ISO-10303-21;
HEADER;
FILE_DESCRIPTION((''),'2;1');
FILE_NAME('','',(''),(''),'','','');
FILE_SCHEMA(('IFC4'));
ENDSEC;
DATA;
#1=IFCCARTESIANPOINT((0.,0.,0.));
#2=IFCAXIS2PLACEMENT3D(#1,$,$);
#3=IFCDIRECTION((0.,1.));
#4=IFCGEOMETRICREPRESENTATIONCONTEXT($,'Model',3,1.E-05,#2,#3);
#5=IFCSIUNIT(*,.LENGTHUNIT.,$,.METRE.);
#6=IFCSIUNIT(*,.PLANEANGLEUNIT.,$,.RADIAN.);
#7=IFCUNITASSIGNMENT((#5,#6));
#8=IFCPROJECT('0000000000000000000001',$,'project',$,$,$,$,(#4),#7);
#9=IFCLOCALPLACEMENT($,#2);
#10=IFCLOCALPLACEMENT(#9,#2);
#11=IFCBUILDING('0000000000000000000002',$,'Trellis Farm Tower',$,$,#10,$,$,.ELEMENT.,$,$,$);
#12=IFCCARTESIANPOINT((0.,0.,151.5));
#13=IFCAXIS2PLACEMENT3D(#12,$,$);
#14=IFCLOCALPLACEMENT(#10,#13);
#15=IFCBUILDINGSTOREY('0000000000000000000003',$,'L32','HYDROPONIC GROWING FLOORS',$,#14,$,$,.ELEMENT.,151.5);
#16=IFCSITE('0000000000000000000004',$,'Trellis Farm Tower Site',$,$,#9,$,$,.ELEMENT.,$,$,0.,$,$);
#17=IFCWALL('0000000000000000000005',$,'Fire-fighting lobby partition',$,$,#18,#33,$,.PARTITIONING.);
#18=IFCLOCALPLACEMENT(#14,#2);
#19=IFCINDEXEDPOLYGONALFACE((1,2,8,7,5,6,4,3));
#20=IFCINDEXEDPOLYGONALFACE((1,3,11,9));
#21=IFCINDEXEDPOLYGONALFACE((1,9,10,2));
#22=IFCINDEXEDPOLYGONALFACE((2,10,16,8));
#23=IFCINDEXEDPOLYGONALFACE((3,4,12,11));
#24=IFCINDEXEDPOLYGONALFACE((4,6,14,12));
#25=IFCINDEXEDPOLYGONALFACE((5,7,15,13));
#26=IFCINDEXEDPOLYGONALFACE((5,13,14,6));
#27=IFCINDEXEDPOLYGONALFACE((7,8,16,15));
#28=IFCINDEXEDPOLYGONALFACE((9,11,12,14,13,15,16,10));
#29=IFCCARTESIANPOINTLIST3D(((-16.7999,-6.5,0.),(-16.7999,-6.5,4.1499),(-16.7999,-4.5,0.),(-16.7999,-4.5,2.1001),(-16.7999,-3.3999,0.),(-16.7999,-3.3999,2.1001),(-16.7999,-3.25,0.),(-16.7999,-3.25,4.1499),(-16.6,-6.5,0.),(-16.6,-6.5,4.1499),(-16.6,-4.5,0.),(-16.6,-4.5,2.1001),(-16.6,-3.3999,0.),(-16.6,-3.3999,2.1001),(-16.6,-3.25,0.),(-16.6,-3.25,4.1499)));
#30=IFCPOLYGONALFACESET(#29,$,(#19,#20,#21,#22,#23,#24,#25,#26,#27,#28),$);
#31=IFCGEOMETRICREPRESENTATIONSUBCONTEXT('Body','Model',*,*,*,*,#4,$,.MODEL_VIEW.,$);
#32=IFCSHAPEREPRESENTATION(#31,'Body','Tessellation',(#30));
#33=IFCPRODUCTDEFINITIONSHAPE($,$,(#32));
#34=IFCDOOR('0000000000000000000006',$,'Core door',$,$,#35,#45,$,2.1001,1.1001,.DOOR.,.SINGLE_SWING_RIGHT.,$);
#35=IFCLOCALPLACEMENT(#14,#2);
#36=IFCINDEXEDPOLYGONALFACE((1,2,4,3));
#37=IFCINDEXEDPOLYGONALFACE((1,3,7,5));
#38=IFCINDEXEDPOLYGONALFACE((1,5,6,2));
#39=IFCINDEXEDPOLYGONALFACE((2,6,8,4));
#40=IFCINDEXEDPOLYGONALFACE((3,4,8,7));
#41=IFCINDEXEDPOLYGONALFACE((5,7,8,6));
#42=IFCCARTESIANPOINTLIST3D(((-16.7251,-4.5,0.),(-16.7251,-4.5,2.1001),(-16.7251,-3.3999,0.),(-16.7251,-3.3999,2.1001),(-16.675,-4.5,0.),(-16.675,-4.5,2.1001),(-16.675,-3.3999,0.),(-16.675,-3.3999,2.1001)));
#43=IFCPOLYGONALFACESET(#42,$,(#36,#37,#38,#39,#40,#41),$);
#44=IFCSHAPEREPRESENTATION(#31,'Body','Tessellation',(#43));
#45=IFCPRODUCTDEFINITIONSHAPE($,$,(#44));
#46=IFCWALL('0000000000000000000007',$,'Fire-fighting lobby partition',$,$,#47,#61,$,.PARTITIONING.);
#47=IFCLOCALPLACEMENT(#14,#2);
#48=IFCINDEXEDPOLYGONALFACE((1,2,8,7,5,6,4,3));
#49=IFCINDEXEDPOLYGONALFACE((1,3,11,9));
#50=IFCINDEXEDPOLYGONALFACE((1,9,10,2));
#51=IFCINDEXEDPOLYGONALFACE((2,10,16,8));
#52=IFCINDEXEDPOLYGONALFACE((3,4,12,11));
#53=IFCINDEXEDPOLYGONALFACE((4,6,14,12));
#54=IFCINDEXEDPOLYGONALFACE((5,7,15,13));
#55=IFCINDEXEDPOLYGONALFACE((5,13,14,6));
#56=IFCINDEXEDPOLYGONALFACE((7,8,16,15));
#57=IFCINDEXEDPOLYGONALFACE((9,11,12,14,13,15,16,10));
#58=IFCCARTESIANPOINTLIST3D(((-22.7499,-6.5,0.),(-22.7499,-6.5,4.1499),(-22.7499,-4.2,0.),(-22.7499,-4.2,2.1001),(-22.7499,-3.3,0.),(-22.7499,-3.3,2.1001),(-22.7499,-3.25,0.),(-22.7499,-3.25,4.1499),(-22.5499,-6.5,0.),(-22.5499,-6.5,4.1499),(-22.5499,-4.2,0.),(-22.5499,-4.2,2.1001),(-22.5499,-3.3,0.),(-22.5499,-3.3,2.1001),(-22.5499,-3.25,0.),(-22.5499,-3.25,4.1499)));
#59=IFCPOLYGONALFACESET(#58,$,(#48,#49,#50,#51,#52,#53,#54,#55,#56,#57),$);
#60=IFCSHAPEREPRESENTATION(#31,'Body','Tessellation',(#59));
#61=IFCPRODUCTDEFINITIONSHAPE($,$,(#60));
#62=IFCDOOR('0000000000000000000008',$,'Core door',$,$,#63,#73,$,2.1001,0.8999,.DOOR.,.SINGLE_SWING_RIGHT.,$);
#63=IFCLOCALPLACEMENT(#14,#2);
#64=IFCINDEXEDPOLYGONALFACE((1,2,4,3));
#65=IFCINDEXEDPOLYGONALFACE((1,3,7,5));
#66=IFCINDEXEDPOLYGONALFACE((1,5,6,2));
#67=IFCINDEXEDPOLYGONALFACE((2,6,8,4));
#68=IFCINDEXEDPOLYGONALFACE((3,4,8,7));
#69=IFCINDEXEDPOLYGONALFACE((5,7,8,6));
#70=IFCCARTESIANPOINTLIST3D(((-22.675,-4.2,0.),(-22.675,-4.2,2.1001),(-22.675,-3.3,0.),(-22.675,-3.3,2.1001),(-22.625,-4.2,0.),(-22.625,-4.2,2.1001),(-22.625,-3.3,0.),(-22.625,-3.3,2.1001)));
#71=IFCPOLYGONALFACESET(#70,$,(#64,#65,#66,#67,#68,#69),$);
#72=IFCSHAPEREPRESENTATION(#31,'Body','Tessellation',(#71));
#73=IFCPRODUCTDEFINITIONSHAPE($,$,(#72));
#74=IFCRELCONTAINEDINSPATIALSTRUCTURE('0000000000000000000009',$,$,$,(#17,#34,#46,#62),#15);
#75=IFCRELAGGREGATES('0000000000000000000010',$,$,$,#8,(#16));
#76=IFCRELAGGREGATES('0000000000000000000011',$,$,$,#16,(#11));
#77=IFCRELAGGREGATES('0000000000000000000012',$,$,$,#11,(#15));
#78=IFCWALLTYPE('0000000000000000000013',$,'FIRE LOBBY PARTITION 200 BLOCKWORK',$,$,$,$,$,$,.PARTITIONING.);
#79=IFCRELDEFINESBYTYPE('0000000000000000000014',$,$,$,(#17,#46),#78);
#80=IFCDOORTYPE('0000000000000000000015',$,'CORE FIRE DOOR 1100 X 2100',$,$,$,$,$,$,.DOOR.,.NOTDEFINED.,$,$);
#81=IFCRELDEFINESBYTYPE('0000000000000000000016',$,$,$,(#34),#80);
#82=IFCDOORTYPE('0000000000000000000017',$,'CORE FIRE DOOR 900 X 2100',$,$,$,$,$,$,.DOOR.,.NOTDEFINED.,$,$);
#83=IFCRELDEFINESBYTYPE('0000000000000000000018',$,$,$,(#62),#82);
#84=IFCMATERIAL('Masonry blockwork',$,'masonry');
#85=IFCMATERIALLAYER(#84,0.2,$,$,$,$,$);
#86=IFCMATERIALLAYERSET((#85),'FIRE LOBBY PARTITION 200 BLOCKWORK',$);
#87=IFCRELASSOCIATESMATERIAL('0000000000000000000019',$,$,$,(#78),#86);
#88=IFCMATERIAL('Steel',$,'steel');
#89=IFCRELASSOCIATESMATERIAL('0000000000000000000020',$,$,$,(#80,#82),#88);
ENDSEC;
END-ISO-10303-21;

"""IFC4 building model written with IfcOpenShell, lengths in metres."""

from ifc_helpers import new_model, si_unit, direction, frame, frame_2d, origin, place, context, subcontext, project, spatial, rectangle, extrude, source, transform, mapped, material, layer, layer_set, type_object, element, fill, save


model = new_model("IFC4")

# Units and contexts
model_context = context("Model", 3, precision=1e-05, world=origin(), true_north=direction((0.0, 1.0)))
body_context = subcontext(model_context, "Body", "Model", "MODEL_VIEW")
ifc_project = project(units=[si_unit("LENGTHUNIT", "METRE"), si_unit("PLANEANGLEUNIT", "RADIAN")], contexts=[model_context])

# Site, building, storey
site_placement = place(None, origin())
site = spatial("IfcSite", under=ifc_project, at=site_placement, Name="Trellis Farm Tower Site", CompositionType="ELEMENT", RefElevation=0.0)
building_placement = place(site_placement, origin())
building = spatial("IfcBuilding", under=site, at=building_placement, Name="Trellis Farm Tower", CompositionType="ELEMENT")
storey_placement = place(building_placement, frame((0.0, 0.0, 151.5)))
storey = spatial("IfcBuildingStorey", under=building, at=storey_placement, Name="L32", Description="HYDROPONIC GROWING FLOORS", CompositionType="ELEMENT", Elevation=151.5)

# Walls, openings, doors
ifc_material_1 = material(Name="Masonry blockwork", Category="masonry")
ifc_layer_1 = layer(ifc_material_1, 0.2)
ifc_layer_set_1 = layer_set([ifc_layer_1], Name="FIRE LOBBY PARTITION 200 BLOCKWORK")
wall_type_1 = type_object("IfcWallType", Name="FIRE LOBBY PARTITION 200 BLOCKWORK", PredefinedType="PARTITIONING", material=ifc_layer_set_1)
shared_shape_1 = source(origin(), body_context, "Body", "SweptSolid", [
    extrude(rectangle(XDim=3.25, YDim=0.2, at=frame_2d((1.625, 0.0))), origin(), (0.0, 0.0, 1.0), 4.1499),
])
wall_1_placement = place(storey_placement, frame((-16.7, -3.25, 0.0), z_axis=(0.0, 0.0, 1.0), x_axis=(0.0, -1.0, 0.0)))
wall_1 = element("IfcWall", 1, at=wall_1_placement, inside=storey, type_object=wall_type_1, Name="Fire-fighting lobby partition", PredefinedType="PARTITIONING", context=body_context, shape_type="MappedRepresentation", body=[
    mapped(shared_shape_1, transform((0.0, 0.0, 0.0))),
])
shared_shape_2 = source(origin(), body_context, "Body", "SweptSolid", [
    extrude(rectangle(XDim=1.1001, YDim=2.1001, at=frame_2d((0.55, 1.05))), frame((0.0, 0.1101, 0.0), z_axis=(0.0, -1.0, 0.0), x_axis=(1.0, 0.0, 0.0)), (0.0, 0.0, 1.0), 0.2202),
])
opening_1_placement = place(wall_1_placement, frame((0.1499, 0.0, 0.0)))
opening_1 = element("IfcOpeningElement", 2, at=opening_1_placement, cuts=wall_1, PredefinedType="OPENING", context=body_context, shape_type="MappedRepresentation", body=[
    mapped(shared_shape_2, transform((0.0, 0.0, 0.0))),
])
ifc_material_2 = material(Name="Steel", Category="steel")
door_type_1 = type_object("IfcDoorType", Name="CORE FIRE DOOR 1100 X 2100", OperationType="NOTDEFINED", PredefinedType="DOOR", material=ifc_material_2)
shared_shape_3 = source(origin(), body_context, "Body", "SweptSolid", [
    extrude(rectangle(XDim=1.1001, YDim=2.1001, at=frame_2d((0.55, 1.05))), frame((0.0, 0.0249, 0.0), z_axis=(0.0, -1.0, 0.0), x_axis=(1.0, 0.0, 0.0)), (0.0, 0.0, 1.0), 0.05),
])
door_1_placement = place(opening_1_placement, origin())
door_1 = element("IfcDoor", 3, at=door_1_placement, inside=storey, type_object=door_type_1, Name="Core door", OperationType="SINGLE_SWING_RIGHT", OverallHeight=2.1001, OverallWidth=1.1001, PredefinedType="DOOR", context=body_context, shape_type="MappedRepresentation", body=[
    mapped(shared_shape_3, transform((0.0, 0.0, 0.0))),
])
fill(opening_1, door_1)
wall_2_placement = place(storey_placement, frame((-22.6499, -3.25, 0.0), z_axis=(0.0, 0.0, 1.0), x_axis=(0.0, -1.0, 0.0)))
wall_2 = element("IfcWall", 4, at=wall_2_placement, inside=storey, type_object=wall_type_1, Name="Fire-fighting lobby partition", PredefinedType="PARTITIONING", context=body_context, shape_type="MappedRepresentation", body=[
    mapped(shared_shape_1, transform((0.0, 0.0, 0.0))),
])
shared_shape_4 = source(origin(), body_context, "Body", "SweptSolid", [
    extrude(rectangle(XDim=0.8999, YDim=2.1001, at=frame_2d((0.45, 1.05))), frame((0.0, 0.1101, 0.0), z_axis=(0.0, -1.0, 0.0), x_axis=(1.0, 0.0, 0.0)), (0.0, 0.0, 1.0), 0.2202),
])
opening_2_placement = place(wall_2_placement, frame((0.05, 0.0, 0.0)))
opening_2 = element("IfcOpeningElement", 5, at=opening_2_placement, cuts=wall_2, PredefinedType="OPENING", context=body_context, shape_type="MappedRepresentation", body=[
    mapped(shared_shape_4, transform((0.0, 0.0, 0.0))),
])
door_type_2 = type_object("IfcDoorType", Name="CORE FIRE DOOR 900 X 2100", OperationType="NOTDEFINED", PredefinedType="DOOR", material=ifc_material_2)
shared_shape_5 = source(origin(), body_context, "Body", "SweptSolid", [
    extrude(rectangle(XDim=0.8999, YDim=2.1001, at=frame_2d((0.45, 1.05))), frame((0.0, 0.0249, 0.0), z_axis=(0.0, -1.0, 0.0), x_axis=(1.0, 0.0, 0.0)), (0.0, 0.0, 1.0), 0.05),
])
door_2_placement = place(opening_2_placement, origin())
door_2 = element("IfcDoor", 6, at=door_2_placement, inside=storey, type_object=door_type_2, Name="Core door", OperationType="SINGLE_SWING_RIGHT", OverallHeight=2.1001, OverallWidth=0.8999, PredefinedType="DOOR", context=body_context, shape_type="MappedRepresentation", body=[
    mapped(shared_shape_5, transform((0.0, 0.0, 0.0))),
])
fill(opening_2, door_2)

save(model, "model.ifc")
